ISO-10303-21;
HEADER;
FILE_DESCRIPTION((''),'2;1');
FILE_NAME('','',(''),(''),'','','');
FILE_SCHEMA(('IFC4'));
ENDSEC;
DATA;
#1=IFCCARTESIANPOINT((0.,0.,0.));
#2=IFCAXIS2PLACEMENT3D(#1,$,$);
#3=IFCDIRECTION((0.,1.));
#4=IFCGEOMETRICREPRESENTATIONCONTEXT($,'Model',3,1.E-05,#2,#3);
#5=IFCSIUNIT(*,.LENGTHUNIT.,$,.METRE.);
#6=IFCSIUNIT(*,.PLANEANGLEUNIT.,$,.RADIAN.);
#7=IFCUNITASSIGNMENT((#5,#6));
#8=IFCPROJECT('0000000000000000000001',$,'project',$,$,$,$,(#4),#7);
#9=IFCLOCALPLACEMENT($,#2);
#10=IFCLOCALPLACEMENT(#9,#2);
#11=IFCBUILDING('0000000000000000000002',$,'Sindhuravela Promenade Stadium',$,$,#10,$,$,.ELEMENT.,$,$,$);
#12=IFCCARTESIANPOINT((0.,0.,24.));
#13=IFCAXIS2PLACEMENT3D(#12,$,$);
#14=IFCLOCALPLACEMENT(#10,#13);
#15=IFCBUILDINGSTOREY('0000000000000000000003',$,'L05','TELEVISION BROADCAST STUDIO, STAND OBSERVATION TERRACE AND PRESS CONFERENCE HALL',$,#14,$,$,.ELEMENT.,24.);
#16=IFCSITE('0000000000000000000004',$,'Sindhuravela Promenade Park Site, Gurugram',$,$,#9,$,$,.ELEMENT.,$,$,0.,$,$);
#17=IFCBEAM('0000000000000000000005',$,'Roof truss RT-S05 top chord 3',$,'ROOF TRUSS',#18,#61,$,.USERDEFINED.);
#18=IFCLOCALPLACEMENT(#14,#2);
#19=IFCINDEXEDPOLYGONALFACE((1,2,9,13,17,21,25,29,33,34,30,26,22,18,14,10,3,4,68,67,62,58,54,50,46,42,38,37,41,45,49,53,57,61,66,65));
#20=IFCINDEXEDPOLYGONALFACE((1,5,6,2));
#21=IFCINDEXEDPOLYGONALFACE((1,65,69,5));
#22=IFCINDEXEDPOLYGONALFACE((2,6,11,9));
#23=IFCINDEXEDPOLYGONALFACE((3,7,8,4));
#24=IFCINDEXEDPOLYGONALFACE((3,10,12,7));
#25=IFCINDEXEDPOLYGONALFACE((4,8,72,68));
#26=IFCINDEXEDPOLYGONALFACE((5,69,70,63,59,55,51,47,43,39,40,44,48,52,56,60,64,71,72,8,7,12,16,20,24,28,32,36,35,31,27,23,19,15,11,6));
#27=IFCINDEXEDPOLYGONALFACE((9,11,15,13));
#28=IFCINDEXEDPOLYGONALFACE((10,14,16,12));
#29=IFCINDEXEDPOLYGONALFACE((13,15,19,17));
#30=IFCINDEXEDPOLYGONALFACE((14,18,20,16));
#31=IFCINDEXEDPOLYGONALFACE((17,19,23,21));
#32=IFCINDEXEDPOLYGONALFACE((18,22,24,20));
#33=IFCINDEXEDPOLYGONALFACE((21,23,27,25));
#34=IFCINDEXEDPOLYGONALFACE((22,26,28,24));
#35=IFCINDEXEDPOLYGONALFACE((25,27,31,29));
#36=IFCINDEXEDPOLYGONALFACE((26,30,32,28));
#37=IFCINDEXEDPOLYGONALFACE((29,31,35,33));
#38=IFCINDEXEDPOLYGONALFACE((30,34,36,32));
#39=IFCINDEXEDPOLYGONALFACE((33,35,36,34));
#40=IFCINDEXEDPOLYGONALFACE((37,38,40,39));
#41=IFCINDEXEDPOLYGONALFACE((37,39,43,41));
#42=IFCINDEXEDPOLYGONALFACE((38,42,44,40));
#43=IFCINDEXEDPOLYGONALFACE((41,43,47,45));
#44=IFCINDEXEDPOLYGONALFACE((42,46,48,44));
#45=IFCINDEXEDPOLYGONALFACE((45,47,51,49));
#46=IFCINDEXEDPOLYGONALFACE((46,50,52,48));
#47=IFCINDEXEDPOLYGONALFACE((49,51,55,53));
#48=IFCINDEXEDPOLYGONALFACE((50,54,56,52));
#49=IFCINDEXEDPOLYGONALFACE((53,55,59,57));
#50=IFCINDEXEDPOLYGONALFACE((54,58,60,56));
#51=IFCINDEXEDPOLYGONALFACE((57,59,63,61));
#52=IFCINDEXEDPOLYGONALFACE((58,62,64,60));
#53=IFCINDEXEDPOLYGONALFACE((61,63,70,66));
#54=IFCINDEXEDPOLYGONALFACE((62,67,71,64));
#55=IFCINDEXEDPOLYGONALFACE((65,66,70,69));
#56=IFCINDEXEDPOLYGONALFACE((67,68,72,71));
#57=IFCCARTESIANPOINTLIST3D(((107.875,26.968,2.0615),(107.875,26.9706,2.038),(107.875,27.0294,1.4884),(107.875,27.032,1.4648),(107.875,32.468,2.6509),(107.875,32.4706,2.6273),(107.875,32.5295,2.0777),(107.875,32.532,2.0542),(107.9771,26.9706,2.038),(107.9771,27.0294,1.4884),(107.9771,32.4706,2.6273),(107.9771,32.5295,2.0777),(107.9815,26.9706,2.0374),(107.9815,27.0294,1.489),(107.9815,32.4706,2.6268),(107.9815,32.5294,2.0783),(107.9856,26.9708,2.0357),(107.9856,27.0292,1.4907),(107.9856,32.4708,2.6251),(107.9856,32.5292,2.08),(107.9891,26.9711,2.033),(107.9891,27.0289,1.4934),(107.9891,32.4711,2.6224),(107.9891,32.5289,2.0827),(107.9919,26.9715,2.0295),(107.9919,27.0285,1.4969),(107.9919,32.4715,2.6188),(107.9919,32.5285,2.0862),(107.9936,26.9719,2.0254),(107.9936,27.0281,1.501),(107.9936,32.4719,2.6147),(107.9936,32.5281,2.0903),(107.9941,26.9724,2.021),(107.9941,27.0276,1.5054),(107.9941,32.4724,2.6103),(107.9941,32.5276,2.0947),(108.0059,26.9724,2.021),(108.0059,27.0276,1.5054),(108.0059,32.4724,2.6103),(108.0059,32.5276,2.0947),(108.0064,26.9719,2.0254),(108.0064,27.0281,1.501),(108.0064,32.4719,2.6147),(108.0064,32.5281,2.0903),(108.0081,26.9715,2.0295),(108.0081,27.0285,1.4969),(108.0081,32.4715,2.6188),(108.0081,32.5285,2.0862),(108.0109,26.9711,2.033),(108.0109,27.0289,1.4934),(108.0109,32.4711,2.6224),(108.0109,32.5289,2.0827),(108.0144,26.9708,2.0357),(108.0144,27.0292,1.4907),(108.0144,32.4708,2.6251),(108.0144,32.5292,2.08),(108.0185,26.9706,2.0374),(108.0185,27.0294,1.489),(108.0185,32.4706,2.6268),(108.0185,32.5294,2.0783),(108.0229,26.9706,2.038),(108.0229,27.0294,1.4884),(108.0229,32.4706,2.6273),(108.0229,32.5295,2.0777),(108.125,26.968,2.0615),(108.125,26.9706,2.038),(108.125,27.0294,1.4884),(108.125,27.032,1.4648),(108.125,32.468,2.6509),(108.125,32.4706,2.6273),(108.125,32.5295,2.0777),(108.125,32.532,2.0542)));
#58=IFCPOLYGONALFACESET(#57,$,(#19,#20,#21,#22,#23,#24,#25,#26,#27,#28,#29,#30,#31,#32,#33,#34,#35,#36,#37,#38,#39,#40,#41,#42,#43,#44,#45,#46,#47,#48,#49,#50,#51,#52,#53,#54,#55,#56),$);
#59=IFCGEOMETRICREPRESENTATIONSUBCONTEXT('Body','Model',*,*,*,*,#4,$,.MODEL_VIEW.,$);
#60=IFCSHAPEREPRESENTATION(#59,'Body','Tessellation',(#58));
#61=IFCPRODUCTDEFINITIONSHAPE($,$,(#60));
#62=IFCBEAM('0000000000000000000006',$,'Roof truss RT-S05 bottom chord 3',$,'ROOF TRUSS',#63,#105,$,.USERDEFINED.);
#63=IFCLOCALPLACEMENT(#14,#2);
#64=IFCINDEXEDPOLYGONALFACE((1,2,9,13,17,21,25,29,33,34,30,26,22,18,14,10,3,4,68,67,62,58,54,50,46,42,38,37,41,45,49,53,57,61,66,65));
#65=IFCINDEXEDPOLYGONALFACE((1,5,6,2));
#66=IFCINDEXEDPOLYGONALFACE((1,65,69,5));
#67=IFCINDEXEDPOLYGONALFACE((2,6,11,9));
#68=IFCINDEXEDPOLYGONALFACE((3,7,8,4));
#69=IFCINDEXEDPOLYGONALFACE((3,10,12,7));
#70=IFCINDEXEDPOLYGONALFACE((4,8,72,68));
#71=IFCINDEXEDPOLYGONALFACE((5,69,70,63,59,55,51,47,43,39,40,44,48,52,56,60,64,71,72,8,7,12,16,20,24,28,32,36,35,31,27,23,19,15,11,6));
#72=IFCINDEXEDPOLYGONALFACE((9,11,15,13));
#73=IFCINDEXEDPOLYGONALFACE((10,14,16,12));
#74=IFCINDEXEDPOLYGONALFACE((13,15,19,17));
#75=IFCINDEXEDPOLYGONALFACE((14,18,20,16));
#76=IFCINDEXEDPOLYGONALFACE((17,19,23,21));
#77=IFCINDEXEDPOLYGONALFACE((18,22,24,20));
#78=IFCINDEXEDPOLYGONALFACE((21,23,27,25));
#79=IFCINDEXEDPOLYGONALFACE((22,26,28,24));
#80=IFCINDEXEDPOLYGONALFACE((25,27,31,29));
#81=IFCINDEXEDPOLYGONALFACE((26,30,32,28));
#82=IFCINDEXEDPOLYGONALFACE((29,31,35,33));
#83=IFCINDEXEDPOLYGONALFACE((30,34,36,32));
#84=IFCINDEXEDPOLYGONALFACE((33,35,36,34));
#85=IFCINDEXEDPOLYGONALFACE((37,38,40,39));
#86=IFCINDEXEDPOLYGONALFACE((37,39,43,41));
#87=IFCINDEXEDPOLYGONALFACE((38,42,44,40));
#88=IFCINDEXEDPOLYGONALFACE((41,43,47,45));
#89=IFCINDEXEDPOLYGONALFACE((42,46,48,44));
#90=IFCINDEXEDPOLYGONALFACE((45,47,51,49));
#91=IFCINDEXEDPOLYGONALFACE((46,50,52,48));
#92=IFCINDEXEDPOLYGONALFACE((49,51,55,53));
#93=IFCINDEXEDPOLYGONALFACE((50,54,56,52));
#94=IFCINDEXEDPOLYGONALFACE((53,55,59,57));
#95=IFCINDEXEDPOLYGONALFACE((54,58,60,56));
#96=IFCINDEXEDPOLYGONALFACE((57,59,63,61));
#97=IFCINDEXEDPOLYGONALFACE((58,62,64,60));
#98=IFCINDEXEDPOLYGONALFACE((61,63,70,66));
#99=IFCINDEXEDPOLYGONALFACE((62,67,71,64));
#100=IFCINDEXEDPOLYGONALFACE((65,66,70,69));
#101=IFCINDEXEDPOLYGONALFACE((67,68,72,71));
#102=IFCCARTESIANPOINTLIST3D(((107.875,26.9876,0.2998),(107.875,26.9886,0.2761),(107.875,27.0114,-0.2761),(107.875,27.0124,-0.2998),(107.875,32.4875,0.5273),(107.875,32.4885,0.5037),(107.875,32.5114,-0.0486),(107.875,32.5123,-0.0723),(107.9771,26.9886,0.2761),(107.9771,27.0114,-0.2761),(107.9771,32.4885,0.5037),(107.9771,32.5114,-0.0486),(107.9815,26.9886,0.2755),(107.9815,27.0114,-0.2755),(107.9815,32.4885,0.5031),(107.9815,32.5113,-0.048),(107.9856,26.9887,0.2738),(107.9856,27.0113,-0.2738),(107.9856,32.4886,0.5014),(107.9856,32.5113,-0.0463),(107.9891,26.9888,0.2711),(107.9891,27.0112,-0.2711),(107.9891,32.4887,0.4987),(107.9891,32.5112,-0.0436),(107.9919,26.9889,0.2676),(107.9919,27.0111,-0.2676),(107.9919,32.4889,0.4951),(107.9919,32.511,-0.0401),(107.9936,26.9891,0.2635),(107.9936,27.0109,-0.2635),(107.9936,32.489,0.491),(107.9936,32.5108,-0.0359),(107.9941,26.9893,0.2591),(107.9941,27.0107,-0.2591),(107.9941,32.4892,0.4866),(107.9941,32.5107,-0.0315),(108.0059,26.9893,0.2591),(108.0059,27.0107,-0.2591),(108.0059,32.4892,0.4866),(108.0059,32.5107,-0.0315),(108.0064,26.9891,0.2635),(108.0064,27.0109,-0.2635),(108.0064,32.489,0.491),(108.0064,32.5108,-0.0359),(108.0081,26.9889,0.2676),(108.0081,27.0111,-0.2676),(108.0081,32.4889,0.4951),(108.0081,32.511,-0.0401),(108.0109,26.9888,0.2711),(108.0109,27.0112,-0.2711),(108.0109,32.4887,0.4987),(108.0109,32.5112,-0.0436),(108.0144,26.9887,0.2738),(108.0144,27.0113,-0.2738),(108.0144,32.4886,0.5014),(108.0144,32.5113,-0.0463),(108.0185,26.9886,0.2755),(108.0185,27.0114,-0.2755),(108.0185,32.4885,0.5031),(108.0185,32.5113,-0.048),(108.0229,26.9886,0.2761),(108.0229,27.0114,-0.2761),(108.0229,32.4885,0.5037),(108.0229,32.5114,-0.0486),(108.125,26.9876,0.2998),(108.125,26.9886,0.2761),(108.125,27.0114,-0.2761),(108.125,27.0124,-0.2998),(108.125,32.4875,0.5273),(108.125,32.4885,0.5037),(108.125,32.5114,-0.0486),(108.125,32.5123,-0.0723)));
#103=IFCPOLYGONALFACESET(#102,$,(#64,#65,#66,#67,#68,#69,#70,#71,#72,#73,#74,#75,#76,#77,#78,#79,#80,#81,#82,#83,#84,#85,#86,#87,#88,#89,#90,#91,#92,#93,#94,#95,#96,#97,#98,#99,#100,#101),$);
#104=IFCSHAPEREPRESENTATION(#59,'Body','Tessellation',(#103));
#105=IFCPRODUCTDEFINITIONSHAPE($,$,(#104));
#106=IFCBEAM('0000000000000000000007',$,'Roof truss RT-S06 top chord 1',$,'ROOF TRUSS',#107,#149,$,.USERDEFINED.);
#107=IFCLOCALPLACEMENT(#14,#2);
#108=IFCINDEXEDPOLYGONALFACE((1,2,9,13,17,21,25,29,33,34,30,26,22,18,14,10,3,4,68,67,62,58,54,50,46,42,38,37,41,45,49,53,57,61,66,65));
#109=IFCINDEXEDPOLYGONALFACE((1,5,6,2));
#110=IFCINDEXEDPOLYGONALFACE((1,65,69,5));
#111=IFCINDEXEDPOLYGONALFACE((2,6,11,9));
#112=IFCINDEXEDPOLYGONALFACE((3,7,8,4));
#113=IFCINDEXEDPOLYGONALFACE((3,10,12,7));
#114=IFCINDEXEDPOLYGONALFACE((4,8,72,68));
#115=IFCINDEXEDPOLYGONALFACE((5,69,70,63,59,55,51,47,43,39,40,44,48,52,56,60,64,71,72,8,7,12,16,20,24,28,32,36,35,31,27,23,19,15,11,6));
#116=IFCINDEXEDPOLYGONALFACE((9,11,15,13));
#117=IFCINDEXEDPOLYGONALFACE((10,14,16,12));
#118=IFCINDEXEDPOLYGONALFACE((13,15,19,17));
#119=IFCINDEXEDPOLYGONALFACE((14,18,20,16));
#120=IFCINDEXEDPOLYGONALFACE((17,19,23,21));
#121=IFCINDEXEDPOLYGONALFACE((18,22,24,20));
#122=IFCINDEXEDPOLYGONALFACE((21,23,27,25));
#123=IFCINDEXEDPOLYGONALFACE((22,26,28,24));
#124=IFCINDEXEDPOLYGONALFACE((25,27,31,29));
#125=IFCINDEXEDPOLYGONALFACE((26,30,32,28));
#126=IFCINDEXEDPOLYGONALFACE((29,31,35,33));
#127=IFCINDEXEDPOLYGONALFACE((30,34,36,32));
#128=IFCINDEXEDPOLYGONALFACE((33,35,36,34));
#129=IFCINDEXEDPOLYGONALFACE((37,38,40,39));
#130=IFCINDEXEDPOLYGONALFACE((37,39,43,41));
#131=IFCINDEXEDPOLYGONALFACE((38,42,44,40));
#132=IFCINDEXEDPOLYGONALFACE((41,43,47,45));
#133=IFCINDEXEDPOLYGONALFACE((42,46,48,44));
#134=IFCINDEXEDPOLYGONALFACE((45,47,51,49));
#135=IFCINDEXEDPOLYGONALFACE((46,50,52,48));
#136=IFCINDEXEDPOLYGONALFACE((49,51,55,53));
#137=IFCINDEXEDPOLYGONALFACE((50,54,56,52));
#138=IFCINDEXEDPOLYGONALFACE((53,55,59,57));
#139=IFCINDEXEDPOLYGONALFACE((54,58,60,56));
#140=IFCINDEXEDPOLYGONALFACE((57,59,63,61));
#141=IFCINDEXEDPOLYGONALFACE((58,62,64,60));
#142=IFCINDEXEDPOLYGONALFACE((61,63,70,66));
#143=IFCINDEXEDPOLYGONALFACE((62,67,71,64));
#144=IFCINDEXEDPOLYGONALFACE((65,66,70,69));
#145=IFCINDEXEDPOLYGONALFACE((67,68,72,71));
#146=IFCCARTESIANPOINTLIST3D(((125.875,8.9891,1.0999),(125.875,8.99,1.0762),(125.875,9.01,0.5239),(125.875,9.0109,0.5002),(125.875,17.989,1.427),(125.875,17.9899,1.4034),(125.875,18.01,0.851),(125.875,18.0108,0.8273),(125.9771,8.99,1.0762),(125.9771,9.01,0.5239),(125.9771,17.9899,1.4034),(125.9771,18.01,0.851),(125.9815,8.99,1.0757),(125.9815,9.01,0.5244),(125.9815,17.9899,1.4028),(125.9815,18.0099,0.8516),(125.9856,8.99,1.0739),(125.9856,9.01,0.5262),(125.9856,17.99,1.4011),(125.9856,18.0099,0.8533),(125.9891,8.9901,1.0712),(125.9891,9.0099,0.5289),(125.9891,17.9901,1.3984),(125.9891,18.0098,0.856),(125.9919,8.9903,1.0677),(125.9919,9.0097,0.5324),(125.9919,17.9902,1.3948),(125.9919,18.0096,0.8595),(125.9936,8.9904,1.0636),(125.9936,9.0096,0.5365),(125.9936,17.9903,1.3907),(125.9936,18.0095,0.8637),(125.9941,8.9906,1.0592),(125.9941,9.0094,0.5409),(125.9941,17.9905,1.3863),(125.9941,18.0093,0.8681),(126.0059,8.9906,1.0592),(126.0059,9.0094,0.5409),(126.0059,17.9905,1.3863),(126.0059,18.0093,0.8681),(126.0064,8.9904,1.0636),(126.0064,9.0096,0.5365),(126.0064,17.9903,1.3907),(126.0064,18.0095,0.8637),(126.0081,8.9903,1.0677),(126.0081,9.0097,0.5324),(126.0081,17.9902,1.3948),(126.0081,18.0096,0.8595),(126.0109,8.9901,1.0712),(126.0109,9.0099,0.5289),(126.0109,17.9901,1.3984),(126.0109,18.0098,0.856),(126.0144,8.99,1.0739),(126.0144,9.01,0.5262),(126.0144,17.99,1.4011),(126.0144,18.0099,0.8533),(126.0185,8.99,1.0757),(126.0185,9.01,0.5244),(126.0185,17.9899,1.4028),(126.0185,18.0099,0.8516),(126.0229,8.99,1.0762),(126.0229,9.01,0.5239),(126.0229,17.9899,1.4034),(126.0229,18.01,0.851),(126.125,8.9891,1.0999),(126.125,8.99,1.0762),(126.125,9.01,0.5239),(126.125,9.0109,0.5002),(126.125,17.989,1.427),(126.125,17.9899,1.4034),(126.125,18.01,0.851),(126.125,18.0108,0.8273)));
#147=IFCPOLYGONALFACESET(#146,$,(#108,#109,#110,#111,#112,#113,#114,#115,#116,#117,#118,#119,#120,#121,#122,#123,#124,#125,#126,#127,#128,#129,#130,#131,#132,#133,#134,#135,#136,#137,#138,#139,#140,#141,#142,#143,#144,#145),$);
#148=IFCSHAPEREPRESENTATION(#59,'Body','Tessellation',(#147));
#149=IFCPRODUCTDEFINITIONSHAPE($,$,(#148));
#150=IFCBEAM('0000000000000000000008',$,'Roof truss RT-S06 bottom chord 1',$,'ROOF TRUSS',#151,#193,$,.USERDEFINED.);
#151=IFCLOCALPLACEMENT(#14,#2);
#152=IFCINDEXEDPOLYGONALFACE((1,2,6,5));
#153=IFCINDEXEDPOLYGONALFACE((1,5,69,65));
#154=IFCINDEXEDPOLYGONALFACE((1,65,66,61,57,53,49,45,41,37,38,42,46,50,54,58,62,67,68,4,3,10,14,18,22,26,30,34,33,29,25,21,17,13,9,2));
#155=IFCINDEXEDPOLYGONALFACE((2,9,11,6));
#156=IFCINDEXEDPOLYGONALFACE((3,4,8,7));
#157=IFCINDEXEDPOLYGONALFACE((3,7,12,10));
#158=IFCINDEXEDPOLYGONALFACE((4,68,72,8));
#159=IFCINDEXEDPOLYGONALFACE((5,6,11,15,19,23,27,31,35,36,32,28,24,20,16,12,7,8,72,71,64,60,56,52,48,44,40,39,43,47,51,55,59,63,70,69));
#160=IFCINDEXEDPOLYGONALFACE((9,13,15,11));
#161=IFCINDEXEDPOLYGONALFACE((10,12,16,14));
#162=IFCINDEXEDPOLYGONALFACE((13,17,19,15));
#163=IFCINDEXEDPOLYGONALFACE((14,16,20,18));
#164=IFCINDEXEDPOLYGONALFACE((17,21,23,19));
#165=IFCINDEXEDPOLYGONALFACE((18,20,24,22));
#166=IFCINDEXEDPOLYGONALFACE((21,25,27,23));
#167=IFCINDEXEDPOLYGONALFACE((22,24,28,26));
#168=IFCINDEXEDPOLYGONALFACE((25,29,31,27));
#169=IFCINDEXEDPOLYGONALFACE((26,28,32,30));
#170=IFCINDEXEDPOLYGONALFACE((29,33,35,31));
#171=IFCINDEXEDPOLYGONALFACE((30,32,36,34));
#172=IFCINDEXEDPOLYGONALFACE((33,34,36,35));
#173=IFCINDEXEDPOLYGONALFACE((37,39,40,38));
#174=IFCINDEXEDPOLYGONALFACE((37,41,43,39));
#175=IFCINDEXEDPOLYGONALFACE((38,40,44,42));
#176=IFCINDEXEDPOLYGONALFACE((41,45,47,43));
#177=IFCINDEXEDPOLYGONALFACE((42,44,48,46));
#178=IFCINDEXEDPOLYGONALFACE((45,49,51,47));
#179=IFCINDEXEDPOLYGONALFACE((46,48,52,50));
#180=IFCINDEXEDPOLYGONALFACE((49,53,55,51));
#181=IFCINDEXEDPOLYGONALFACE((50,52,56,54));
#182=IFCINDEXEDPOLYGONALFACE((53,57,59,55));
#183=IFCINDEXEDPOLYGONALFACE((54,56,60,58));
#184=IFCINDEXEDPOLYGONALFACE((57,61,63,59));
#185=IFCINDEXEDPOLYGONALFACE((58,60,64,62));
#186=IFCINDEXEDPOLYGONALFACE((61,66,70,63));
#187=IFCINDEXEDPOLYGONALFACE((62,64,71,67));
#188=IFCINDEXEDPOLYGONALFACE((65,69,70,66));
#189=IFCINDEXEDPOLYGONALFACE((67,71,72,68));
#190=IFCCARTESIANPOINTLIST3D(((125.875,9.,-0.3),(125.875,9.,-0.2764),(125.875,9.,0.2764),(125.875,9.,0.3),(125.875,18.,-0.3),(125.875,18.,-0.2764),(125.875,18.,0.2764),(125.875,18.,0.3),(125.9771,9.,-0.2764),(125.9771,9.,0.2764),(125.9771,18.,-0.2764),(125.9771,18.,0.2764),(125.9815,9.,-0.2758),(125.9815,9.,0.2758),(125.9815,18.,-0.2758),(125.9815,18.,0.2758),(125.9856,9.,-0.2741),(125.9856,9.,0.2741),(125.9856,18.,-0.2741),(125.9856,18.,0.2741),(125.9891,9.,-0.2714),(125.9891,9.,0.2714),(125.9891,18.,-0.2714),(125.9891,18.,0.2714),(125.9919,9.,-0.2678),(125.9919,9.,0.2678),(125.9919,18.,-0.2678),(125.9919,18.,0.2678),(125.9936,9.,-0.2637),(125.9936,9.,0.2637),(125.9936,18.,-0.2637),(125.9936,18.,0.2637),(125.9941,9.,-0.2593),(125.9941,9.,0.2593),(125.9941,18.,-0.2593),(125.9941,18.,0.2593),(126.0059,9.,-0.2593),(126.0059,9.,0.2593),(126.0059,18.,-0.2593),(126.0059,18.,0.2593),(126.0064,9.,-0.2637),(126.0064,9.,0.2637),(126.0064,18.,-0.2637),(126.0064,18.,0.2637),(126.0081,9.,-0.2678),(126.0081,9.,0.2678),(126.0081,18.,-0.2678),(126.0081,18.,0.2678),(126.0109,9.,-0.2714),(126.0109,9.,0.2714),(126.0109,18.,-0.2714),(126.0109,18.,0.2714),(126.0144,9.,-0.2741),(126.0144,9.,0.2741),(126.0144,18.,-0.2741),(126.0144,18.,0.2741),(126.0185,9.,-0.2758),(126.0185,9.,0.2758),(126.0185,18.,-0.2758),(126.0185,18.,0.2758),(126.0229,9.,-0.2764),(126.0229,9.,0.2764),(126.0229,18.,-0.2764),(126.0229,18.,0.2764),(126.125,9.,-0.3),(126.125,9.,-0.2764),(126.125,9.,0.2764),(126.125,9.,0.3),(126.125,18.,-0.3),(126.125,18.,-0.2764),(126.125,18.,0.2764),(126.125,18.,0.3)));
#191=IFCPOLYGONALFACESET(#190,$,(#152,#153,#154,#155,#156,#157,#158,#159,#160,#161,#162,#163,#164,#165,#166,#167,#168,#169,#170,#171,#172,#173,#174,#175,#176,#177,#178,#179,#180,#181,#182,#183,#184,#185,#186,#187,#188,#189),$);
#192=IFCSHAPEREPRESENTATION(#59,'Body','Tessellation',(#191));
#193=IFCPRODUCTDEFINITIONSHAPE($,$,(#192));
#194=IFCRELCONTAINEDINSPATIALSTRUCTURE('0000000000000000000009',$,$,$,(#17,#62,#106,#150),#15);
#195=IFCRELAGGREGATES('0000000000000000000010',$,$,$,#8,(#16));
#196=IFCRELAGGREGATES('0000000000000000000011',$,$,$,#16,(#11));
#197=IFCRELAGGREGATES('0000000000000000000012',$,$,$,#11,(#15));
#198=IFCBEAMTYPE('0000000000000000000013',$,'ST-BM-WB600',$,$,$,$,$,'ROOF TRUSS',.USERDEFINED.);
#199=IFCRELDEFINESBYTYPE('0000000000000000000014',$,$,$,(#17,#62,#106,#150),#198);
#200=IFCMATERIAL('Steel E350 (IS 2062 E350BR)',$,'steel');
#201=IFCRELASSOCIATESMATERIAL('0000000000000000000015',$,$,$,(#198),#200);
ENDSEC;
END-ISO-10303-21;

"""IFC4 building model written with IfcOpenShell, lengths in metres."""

from ifc_helpers import new_model, si_unit, direction, frame, origin, origin_2d, place, context, subcontext, project, spatial, i_section, extrude, material, material_profile, profile_set, type_object, element, save


model = new_model("IFC4")

# Units and contexts
model_context = context("Model", 3, precision=1e-05, world=origin(), true_north=direction((0.0, 1.0)))
body_context = subcontext(model_context, "Body", "Model", "MODEL_VIEW")
ifc_project = project(units=[si_unit("LENGTHUNIT", "METRE"), si_unit("PLANEANGLEUNIT", "RADIAN")], contexts=[model_context])

# Site, building, storey
site_placement = place(None, origin())
site = spatial("IfcSite", under=ifc_project, at=site_placement, Name="Sindhuravela Promenade Park Site, Gurugram", CompositionType="ELEMENT", RefElevation=0.0)
building_placement = place(site_placement, origin())
building = spatial("IfcBuilding", under=site, at=building_placement, Name="Sindhuravela Promenade Stadium", CompositionType="ELEMENT")
storey_placement = place(building_placement, frame((0.0, 0.0, 24.0)))
storey = spatial("IfcBuildingStorey", under=building, at=storey_placement, Name="L05", Description="TELEVISION BROADCAST STUDIO, STAND OBSERVATION TERRACE AND PRESS CONFERENCE HALL", CompositionType="ELEMENT", Elevation=24.0)

# Beams
ifc_material_1 = material(Name="Steel E350 (IS 2062 E350BR)", Category="steel")
ifc_material_profile_1 = material_profile(ifc_material_1, i_section(OverallWidth=0.25, OverallDepth=0.6001, WebThickness=0.0117, FlangeThickness=0.0237, FilletRadius=0.0171, at=origin_2d()), Name="ISWB 600")
ifc_profile_set_1 = profile_set([ifc_material_profile_1], Name="Steel E350 (IS 2062 E350BR)")
beam_type = type_object("IfcBeamType", Name="ST-BM-WB600", ElementType="ROOF TRUSS", PredefinedType="USERDEFINED", material=ifc_profile_set_1)
beam_1_placement = place(storey_placement, frame((108.0, 27.0, 1.7632), z_axis=(0.0, 0.994308, 0.106546), x_axis=(-1.0, 0.0, 0.0)))
element("IfcBeam", 1, at=beam_1_placement, inside=storey, type_object=beam_type, Name="Roof truss RT-S05 top chord 3", ObjectType="ROOF TRUSS", PredefinedType="USERDEFINED", context=body_context, shape_type="SweptSolid", body=[
    extrude(i_section(OverallWidth=0.25, OverallDepth=0.6001, WebThickness=0.0117, FlangeThickness=0.0237, FilletRadius=0.0171, at=origin_2d()), origin(), (0.0, 0.0, 1.0), 5.5315),
])
beam_2_placement = place(storey_placement, frame((108.0, 27.0, 0.0), z_axis=(0.0, 0.999145, 0.041335), x_axis=(-1.0, 0.0, 0.0)))
element("IfcBeam", 2, at=beam_2_placement, inside=storey, type_object=beam_type, Name="Roof truss RT-S05 bottom chord 3", ObjectType="ROOF TRUSS", PredefinedType="USERDEFINED", context=body_context, shape_type="SweptSolid", body=[
    extrude(i_section(OverallWidth=0.25, OverallDepth=0.6001, WebThickness=0.0117, FlangeThickness=0.0237, FilletRadius=0.0171, at=origin_2d()), origin(), (0.0, 0.0, 1.0), 5.5046),
])
beam_3_placement = place(storey_placement, frame((126.0, 9.0, 0.8), z_axis=(0.0, 0.99934, 0.036326), x_axis=(-1.0, 0.0, 0.0)))
element("IfcBeam", 3, at=beam_3_placement, inside=storey, type_object=beam_type, Name="Roof truss RT-S06 top chord 1", ObjectType="ROOF TRUSS", PredefinedType="USERDEFINED", context=body_context, shape_type="SweptSolid", body=[
    extrude(i_section(OverallWidth=0.25, OverallDepth=0.6001, WebThickness=0.0117, FlangeThickness=0.0237, FilletRadius=0.0171, at=origin_2d()), origin(), (0.0, 0.0, 1.0), 9.0059),
])
beam_4_placement = place(storey_placement, frame((126.0, 9.0, 0.0), z_axis=(0.0, 1.0, 0.0), x_axis=(-1.0, 0.0, 0.0)))
element("IfcBeam", 4, at=beam_4_placement, inside=storey, type_object=beam_type, Name="Roof truss RT-S06 bottom chord 1", ObjectType="ROOF TRUSS", PredefinedType="USERDEFINED", context=body_context, shape_type="SweptSolid", body=[
    extrude(i_section(OverallWidth=0.25, OverallDepth=0.6001, WebThickness=0.0117, FlangeThickness=0.0237, FilletRadius=0.0171, at=origin_2d()), origin(), (0.0, 0.0, 1.0), 9.0),
])

save(model, "model.ifc")
